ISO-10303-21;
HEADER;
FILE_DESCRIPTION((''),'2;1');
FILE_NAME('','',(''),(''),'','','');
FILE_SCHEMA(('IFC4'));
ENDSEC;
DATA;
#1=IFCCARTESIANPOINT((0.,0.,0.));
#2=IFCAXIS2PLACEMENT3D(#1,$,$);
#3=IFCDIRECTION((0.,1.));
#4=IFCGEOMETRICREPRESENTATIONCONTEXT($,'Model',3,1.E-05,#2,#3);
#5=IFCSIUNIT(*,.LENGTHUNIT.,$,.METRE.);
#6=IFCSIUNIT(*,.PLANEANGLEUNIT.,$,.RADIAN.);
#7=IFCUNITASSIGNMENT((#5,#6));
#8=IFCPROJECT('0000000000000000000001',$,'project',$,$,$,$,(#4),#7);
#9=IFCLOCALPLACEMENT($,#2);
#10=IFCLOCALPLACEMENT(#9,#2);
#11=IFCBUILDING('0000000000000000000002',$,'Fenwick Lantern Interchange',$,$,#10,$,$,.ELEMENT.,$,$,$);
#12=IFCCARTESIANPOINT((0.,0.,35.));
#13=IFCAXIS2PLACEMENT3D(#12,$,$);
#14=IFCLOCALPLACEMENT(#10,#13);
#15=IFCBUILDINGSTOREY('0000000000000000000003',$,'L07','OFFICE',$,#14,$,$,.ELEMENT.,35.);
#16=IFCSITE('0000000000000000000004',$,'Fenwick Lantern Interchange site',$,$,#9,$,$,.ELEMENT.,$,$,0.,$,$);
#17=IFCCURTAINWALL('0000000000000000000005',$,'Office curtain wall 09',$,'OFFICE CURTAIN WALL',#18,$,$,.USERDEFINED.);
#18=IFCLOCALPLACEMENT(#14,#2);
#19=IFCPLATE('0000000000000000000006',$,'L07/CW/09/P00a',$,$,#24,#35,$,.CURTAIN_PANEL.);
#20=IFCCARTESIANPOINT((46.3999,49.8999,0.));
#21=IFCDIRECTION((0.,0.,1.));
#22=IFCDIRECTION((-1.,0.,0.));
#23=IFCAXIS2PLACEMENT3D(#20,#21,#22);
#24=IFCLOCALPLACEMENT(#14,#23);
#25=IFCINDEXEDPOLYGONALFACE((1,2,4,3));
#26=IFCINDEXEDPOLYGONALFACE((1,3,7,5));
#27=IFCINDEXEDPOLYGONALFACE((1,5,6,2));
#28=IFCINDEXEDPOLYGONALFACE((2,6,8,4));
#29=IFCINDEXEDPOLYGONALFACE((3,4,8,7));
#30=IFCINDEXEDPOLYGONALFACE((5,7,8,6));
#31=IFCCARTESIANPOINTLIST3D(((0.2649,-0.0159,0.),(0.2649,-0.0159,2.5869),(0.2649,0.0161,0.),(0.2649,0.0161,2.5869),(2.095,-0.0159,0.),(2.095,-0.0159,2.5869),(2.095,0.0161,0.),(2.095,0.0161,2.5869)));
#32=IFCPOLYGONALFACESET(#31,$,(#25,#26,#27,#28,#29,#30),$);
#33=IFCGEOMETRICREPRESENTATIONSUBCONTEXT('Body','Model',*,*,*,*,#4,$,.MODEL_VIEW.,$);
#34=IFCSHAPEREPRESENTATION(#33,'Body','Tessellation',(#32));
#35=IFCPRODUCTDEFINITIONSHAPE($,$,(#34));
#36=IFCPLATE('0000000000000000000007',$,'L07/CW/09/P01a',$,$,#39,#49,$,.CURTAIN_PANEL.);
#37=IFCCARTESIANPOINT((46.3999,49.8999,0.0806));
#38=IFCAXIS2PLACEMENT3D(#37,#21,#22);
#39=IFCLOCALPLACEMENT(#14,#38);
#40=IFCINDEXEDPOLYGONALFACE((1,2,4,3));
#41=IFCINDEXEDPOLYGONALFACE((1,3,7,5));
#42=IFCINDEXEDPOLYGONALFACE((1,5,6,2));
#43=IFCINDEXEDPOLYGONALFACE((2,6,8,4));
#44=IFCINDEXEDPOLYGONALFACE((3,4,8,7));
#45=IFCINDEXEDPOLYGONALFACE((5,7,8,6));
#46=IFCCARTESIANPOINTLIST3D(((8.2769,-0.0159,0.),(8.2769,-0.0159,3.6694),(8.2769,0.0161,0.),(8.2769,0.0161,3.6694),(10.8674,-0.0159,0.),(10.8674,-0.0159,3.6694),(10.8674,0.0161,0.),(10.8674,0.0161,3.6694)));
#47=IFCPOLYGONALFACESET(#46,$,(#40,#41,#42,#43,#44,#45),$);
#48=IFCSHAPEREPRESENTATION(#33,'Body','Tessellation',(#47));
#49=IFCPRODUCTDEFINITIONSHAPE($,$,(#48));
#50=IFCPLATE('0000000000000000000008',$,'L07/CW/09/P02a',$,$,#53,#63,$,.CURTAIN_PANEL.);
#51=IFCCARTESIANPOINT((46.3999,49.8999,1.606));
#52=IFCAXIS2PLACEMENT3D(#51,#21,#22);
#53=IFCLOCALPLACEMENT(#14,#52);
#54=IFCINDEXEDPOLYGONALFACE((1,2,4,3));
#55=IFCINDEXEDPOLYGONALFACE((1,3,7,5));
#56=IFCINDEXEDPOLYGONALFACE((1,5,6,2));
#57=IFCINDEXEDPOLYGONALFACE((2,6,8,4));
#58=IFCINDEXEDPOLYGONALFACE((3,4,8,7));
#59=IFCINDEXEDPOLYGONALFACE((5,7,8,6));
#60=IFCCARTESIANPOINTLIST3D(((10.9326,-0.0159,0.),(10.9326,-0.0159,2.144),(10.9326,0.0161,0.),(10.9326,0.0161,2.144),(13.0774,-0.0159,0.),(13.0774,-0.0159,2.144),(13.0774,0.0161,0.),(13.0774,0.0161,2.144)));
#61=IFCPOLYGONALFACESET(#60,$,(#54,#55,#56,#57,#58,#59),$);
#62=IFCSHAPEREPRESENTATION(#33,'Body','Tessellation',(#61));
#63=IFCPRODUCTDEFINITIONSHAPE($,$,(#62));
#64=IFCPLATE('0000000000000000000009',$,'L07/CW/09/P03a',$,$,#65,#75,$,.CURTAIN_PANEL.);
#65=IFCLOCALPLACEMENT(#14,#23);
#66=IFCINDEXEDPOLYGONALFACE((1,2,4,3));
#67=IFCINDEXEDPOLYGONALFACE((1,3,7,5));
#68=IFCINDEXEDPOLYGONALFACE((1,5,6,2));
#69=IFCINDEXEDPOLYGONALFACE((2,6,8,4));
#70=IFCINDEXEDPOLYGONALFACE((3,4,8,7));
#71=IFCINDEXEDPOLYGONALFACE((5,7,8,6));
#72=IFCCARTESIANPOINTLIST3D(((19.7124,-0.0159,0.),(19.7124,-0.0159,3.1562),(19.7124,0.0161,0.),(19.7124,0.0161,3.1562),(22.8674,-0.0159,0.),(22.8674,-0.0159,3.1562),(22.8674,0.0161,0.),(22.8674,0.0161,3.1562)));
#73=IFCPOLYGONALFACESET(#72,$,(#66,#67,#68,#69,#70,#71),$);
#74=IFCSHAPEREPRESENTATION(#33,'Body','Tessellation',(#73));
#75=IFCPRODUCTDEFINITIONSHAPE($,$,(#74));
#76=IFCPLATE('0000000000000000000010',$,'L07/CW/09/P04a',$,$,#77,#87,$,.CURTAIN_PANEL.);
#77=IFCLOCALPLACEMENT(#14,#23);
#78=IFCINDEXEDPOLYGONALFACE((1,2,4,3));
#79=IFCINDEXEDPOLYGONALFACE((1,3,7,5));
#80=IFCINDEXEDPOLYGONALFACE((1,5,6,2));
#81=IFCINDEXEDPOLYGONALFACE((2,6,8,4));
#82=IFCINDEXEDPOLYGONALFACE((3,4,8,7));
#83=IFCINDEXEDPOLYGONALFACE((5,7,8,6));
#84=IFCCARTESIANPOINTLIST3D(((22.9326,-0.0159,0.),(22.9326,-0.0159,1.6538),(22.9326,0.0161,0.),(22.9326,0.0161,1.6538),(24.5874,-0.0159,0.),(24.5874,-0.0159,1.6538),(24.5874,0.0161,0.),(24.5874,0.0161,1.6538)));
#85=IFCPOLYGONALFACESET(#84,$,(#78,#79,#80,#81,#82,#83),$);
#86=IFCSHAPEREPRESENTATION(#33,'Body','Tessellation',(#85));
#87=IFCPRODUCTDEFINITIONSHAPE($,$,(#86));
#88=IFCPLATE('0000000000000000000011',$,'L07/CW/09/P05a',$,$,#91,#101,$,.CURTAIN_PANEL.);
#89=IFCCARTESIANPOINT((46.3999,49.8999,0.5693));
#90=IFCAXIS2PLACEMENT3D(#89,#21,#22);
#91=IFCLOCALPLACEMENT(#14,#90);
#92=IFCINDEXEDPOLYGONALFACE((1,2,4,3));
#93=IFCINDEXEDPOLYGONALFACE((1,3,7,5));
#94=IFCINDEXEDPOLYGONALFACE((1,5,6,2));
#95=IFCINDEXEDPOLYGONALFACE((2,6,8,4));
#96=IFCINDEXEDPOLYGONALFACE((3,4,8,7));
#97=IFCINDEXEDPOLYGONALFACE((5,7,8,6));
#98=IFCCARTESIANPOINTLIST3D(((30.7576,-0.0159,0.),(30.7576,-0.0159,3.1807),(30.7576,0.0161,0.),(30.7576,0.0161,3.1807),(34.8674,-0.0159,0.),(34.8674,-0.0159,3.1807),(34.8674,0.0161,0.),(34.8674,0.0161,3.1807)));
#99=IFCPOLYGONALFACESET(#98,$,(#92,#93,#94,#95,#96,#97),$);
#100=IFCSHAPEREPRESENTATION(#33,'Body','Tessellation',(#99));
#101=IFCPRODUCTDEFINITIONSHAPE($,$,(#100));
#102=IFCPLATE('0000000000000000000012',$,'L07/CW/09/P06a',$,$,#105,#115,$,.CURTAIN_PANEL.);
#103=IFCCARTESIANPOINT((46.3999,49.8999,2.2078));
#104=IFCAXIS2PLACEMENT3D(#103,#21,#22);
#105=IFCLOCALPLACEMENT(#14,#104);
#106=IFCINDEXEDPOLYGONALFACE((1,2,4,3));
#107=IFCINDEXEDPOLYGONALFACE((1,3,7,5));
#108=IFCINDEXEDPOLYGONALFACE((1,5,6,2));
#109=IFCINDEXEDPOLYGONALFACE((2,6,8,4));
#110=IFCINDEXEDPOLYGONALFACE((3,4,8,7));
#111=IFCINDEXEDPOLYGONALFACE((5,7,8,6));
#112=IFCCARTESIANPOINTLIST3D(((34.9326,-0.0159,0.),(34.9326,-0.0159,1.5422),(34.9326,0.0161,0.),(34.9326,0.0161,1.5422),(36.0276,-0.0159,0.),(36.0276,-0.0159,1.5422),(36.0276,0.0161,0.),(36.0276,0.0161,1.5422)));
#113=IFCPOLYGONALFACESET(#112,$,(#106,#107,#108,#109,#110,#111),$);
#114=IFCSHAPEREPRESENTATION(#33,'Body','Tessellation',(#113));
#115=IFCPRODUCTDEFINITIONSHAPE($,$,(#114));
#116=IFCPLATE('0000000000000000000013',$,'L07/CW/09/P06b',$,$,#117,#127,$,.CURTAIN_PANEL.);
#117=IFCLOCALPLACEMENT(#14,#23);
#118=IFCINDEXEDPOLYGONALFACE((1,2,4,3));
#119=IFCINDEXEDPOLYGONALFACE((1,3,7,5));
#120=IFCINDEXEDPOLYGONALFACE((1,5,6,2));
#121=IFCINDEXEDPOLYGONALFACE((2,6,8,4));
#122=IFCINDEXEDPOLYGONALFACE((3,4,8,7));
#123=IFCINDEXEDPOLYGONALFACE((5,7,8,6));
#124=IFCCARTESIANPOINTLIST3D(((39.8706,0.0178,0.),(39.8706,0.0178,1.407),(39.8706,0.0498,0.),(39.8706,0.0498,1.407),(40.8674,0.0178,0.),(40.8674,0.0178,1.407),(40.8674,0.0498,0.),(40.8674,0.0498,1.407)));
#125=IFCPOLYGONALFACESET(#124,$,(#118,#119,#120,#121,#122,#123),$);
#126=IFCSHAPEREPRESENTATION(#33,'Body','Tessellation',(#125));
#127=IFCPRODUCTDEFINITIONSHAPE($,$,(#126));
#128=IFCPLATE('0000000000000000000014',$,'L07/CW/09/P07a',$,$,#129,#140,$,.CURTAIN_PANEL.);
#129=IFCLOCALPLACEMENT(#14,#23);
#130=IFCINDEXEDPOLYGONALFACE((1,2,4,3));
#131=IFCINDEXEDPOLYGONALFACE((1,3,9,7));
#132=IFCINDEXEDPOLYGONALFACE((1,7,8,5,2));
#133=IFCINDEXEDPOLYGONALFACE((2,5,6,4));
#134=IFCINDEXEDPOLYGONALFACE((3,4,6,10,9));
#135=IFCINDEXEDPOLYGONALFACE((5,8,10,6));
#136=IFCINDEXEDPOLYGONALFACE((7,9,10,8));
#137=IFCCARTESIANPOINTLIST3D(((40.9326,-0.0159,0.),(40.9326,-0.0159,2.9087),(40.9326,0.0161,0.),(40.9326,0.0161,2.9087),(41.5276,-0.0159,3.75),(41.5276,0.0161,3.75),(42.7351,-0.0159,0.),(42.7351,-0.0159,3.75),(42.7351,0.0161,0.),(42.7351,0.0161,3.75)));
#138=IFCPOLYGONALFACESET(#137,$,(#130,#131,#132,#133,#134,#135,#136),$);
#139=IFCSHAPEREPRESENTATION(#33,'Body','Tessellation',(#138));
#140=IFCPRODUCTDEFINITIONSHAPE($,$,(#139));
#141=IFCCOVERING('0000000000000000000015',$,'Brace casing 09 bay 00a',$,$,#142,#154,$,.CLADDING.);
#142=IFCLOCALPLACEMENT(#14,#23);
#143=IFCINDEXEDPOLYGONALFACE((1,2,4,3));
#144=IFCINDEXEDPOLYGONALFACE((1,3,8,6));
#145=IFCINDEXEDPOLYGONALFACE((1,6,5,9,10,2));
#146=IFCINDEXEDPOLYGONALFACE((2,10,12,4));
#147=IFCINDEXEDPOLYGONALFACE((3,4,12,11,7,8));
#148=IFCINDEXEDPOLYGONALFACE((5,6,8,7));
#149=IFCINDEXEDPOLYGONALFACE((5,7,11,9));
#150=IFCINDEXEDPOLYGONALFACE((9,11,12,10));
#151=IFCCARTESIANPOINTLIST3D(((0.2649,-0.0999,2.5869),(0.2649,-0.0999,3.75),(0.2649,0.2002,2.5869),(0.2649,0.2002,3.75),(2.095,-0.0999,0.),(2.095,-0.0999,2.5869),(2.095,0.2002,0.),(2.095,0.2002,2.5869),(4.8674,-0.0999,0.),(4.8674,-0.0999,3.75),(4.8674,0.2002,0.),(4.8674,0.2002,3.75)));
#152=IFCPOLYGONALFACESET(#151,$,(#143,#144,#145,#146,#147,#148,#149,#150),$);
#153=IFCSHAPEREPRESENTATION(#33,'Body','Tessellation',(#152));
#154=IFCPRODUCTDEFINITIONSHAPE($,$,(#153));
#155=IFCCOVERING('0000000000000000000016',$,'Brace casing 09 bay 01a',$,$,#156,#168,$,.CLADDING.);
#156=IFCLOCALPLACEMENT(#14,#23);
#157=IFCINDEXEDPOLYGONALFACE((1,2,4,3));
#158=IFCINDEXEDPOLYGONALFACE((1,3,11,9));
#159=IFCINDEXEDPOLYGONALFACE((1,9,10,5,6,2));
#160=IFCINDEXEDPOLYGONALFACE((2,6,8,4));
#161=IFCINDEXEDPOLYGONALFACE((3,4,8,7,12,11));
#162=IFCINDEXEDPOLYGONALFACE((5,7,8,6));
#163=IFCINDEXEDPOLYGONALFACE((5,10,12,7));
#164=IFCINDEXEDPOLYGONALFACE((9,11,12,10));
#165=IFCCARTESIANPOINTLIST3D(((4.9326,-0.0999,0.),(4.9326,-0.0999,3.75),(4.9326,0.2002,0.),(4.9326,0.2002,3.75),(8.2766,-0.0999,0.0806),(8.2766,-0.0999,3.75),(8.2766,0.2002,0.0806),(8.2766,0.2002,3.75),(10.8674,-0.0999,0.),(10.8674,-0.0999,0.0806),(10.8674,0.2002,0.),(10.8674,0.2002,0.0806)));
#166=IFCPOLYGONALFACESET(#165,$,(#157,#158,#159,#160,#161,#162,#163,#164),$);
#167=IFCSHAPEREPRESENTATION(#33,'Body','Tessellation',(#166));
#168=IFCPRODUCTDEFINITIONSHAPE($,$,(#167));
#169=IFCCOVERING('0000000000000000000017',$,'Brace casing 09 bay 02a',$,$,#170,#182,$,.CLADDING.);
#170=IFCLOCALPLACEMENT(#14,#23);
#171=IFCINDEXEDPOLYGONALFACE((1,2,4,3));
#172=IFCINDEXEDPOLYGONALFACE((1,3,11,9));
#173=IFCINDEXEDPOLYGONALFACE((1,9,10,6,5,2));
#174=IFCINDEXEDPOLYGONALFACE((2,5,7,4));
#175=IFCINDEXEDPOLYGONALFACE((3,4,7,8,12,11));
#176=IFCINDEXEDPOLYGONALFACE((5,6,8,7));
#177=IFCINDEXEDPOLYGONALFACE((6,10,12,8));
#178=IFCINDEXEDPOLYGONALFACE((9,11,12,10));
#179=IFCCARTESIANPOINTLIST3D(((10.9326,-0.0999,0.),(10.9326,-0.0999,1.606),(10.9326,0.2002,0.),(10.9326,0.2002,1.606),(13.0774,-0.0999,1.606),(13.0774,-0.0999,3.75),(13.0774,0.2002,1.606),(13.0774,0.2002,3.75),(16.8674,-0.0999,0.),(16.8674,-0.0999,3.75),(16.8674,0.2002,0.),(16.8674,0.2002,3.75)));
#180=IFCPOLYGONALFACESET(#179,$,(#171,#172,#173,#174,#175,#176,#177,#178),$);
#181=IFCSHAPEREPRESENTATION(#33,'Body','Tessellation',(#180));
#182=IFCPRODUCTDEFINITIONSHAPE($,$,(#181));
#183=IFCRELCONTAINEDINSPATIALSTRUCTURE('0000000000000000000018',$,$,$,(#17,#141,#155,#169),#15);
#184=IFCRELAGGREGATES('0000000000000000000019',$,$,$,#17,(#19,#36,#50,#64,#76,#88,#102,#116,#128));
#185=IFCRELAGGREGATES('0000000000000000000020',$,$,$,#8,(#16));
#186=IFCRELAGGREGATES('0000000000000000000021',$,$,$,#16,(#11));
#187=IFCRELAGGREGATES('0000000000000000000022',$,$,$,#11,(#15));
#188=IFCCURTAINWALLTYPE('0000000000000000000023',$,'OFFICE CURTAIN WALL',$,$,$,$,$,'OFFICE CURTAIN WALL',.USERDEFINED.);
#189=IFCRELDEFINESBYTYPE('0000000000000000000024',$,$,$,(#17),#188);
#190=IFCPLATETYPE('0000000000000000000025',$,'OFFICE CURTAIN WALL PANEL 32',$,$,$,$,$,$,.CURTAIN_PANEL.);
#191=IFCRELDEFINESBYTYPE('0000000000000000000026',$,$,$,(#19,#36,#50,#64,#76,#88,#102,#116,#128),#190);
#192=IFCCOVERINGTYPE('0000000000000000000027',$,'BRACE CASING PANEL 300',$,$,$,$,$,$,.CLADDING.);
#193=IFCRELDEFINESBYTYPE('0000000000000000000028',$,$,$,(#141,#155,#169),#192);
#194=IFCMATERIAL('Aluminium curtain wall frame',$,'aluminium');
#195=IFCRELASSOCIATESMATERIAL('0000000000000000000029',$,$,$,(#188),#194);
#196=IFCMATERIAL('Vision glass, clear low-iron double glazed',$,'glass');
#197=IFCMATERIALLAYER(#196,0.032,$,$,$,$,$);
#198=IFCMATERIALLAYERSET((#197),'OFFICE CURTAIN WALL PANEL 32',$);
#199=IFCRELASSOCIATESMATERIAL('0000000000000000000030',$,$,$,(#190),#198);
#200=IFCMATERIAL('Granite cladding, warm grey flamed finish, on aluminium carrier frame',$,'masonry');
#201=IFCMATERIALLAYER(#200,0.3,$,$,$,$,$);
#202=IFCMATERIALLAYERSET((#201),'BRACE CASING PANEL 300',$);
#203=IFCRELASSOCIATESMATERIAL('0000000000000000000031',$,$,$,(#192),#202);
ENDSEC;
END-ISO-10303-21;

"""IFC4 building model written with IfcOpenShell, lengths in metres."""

from ifc_helpers import new_model, si_unit, direction, frame, origin, place, context, subcontext, project, spatial, polyline, outline, extrude, material, layer, layer_set, type_object, element, aggregate, save


model = new_model("IFC4")

# Units and contexts
model_context = context("Model", 3, precision=1e-05, world=origin(), true_north=direction((0.0, 1.0)))
body_context = subcontext(model_context, "Body", "Model", "MODEL_VIEW")
ifc_project = project(units=[si_unit("LENGTHUNIT", "METRE"), si_unit("PLANEANGLEUNIT", "RADIAN")], contexts=[model_context])

# Site, building, storey
site_placement = place(None, origin())
site = spatial("IfcSite", under=ifc_project, at=site_placement, Name="Fenwick Lantern Interchange site", CompositionType="ELEMENT", RefElevation=0.0)
building_placement = place(site_placement, origin())
building = spatial("IfcBuilding", under=site, at=building_placement, Name="Fenwick Lantern Interchange", CompositionType="ELEMENT")
storey_placement = place(building_placement, frame((0.0, 0.0, 35.0)))
storey = spatial("IfcBuildingStorey", under=building, at=storey_placement, Name="L07", Description="OFFICE", CompositionType="ELEMENT", Elevation=35.0)

# Shared definitions
ifc_material_1 = material(Name="Aluminium curtain wall frame", Category="aluminium")
curtain_wall_type = type_object("IfcCurtainWallType", Name="OFFICE CURTAIN WALL", ElementType="OFFICE CURTAIN WALL", PredefinedType="USERDEFINED", material=ifc_material_1)

# Curtain wall
curtain_wall_1_placement = place(storey_placement, origin())
curtain_wall_1 = element("IfcCurtainWall", 1, at=curtain_wall_1_placement, inside=storey, type_object=curtain_wall_type, Name="Office curtain wall 09", ObjectType="OFFICE CURTAIN WALL", PredefinedType="USERDEFINED")

# Plates
ifc_material_2 = material(Name="Vision glass, clear low-iron double glazed", Category="glass")
ifc_layer_1 = layer(ifc_material_2, 0.032)
ifc_layer_set_1 = layer_set([ifc_layer_1], Name="OFFICE CURTAIN WALL PANEL 32")
plate_type = type_object("IfcPlateType", Name="OFFICE CURTAIN WALL PANEL 32", PredefinedType="CURTAIN_PANEL", material=ifc_layer_set_1)
plate_1_placement = place(storey_placement, frame((46.3999, 49.8999, 0.0), z_axis=(0.0, 0.0, 1.0), x_axis=(-1.0, 0.0, 0.0)))
plate_1 = element("IfcPlate", 2, at=plate_1_placement, type_object=plate_type, Name="L07/CW/09/P00a", PredefinedType="CURTAIN_PANEL", context=body_context, shape_type="SweptSolid", body=[
    extrude(outline(polyline([(0.2649, 0.0), (2.095, 0.0), (2.095, 2.5869), (0.2649, 2.5869), (0.2649, 0.0)])), frame((0.0, 0.0161, 0.0), z_axis=(0.0, -1.0, 0.0), x_axis=(1.0, 0.0, 0.0)), (0.0, 0.0, 1.0), 0.032),
])
plate_2_placement = place(storey_placement, frame((46.3999, 49.8999, 0.0806), z_axis=(0.0, 0.0, 1.0), x_axis=(-1.0, 0.0, 0.0)))
plate_2 = element("IfcPlate", 3, at=plate_2_placement, type_object=plate_type, Name="L07/CW/09/P01a", PredefinedType="CURTAIN_PANEL", context=body_context, shape_type="SweptSolid", body=[
    extrude(outline(polyline([(8.2769, 0.0), (10.8674, 0.0), (10.8674, 3.6694), (8.2769, 3.6694), (8.2769, 0.0)])), frame((0.0, 0.0161, 0.0), z_axis=(0.0, -1.0, 0.0), x_axis=(1.0, 0.0, 0.0)), (0.0, 0.0, 1.0), 0.032),
])
plate_3_placement = place(storey_placement, frame((46.3999, 49.8999, 1.606), z_axis=(0.0, 0.0, 1.0), x_axis=(-1.0, 0.0, 0.0)))
plate_3 = element("IfcPlate", 4, at=plate_3_placement, type_object=plate_type, Name="L07/CW/09/P02a", PredefinedType="CURTAIN_PANEL", context=body_context, shape_type="SweptSolid", body=[
    extrude(outline(polyline([(10.9326, 0.0), (13.0774, 0.0), (13.0774, 2.144), (10.9326, 2.144), (10.9326, 0.0)])), frame((0.0, 0.0161, 0.0), z_axis=(0.0, -1.0, 0.0), x_axis=(1.0, 0.0, 0.0)), (0.0, 0.0, 1.0), 0.032),
])
plate_4_placement = place(storey_placement, frame((46.3999, 49.8999, 0.0), z_axis=(0.0, 0.0, 1.0), x_axis=(-1.0, 0.0, 0.0)))
plate_4 = element("IfcPlate", 5, at=plate_4_placement, type_object=plate_type, Name="L07/CW/09/P03a", PredefinedType="CURTAIN_PANEL", context=body_context, shape_type="SweptSolid", body=[
    extrude(outline(polyline([(19.7124, 0.0), (22.8674, 0.0), (22.8674, 3.1562), (19.7124, 3.1562), (19.7124, 0.0)])), frame((0.0, 0.0161, 0.0), z_axis=(0.0, -1.0, 0.0), x_axis=(1.0, 0.0, 0.0)), (0.0, 0.0, 1.0), 0.032),
])
plate_5_placement = place(storey_placement, frame((46.3999, 49.8999, 0.0), z_axis=(0.0, 0.0, 1.0), x_axis=(-1.0, 0.0, 0.0)))
plate_5 = element("IfcPlate", 6, at=plate_5_placement, type_object=plate_type, Name="L07/CW/09/P04a", PredefinedType="CURTAIN_PANEL", context=body_context, shape_type="SweptSolid", body=[
    extrude(outline(polyline([(22.9326, 0.0), (24.5874, 0.0), (24.5874, 1.6538), (22.9326, 1.6538), (22.9326, 0.0)])), frame((0.0, 0.0161, 0.0), z_axis=(0.0, -1.0, 0.0), x_axis=(1.0, 0.0, 0.0)), (0.0, 0.0, 1.0), 0.032),
])
plate_6_placement = place(storey_placement, frame((46.3999, 49.8999, 0.5693), z_axis=(0.0, 0.0, 1.0), x_axis=(-1.0, 0.0, 0.0)))
plate_6 = element("IfcPlate", 7, at=plate_6_placement, type_object=plate_type, Name="L07/CW/09/P05a", PredefinedType="CURTAIN_PANEL", context=body_context, shape_type="SweptSolid", body=[
    extrude(outline(polyline([(30.7576, 0.0), (34.8674, 0.0), (34.8674, 3.1807), (30.7576, 3.1807), (30.7576, 0.0)])), frame((0.0, 0.0161, 0.0), z_axis=(0.0, -1.0, 0.0), x_axis=(1.0, 0.0, 0.0)), (0.0, 0.0, 1.0), 0.032),
])
plate_7_placement = place(storey_placement, frame((46.3999, 49.8999, 2.2078), z_axis=(0.0, 0.0, 1.0), x_axis=(-1.0, 0.0, 0.0)))
plate_7 = element("IfcPlate", 8, at=plate_7_placement, type_object=plate_type, Name="L07/CW/09/P06a", PredefinedType="CURTAIN_PANEL", context=body_context, shape_type="SweptSolid", body=[
    extrude(outline(polyline([(34.9326, 0.0), (36.0276, 0.0), (36.0276, 1.5422), (34.9326, 1.5422), (34.9326, 0.0)])), frame((0.0, 0.0161, 0.0), z_axis=(0.0, -1.0, 0.0), x_axis=(1.0, 0.0, 0.0)), (0.0, 0.0, 1.0), 0.032),
])
plate_8_placement = place(storey_placement, frame((46.3999, 49.8999, 0.0), z_axis=(0.0, 0.0, 1.0), x_axis=(-1.0, 0.0, 0.0)))
plate_8 = element("IfcPlate", 9, at=plate_8_placement, type_object=plate_type, Name="L07/CW/09/P06b", PredefinedType="CURTAIN_PANEL", context=body_context, shape_type="SweptSolid", body=[
    extrude(outline(polyline([(39.8706, 0.0), (40.8674, 0.0), (40.8674, 1.407), (39.8706, 1.407), (39.8706, 0.0)])), frame((0.0, 0.0498, 0.0), z_axis=(0.0, -1.0, 0.0), x_axis=(1.0, 0.0, 0.0)), (0.0, 0.0, 1.0), 0.032),
])
plate_9_placement = place(storey_placement, frame((46.3999, 49.8999, 0.0), z_axis=(0.0, 0.0, 1.0), x_axis=(-1.0, 0.0, 0.0)))
plate_9 = element("IfcPlate", 10, at=plate_9_placement, type_object=plate_type, Name="L07/CW/09/P07a", PredefinedType="CURTAIN_PANEL", context=body_context, shape_type="SweptSolid", body=[
    extrude(outline(polyline([(40.9326, 0.0), (42.7351, 0.0), (42.7351, 3.75), (41.5276, 3.75), (40.9326, 2.9087), (40.9326, 0.0)])), frame((0.0, 0.0161, 0.0), z_axis=(0.0, -1.0, 0.0), x_axis=(1.0, 0.0, 0.0)), (0.0, 0.0, 1.0), 0.032),
])
aggregate(curtain_wall_1, [plate_1, plate_2, plate_3, plate_4, plate_5, plate_6, plate_7, plate_8, plate_9])

# Coverings
ifc_material_3 = material(Name="Granite cladding, warm grey flamed finish, on aluminium carrier frame", Category="masonry")
ifc_layer_2 = layer(ifc_material_3, 0.3)
ifc_layer_set_2 = layer_set([ifc_layer_2], Name="BRACE CASING PANEL 300")
covering_type = type_object("IfcCoveringType", Name="BRACE CASING PANEL 300", PredefinedType="CLADDING", material=ifc_layer_set_2)
covering_1_placement = place(storey_placement, frame((46.3999, 49.8999, 0.0), z_axis=(0.0, 0.0, 1.0), x_axis=(-1.0, 0.0, 0.0)))
element("IfcCovering", 11, at=covering_1_placement, inside=storey, type_object=covering_type, Name="Brace casing 09 bay 00a", PredefinedType="CLADDING", context=body_context, shape_type="SweptSolid", body=[
    extrude(outline(polyline([(2.095, 0.0), (4.8674, 0.0), (4.8674, 3.75), (0.2649, 3.75), (0.2649, 2.5869), (2.095, 2.5869), (2.095, 0.0)])), frame((0.0, 0.2002, 0.0), z_axis=(0.0, -1.0, 0.0), x_axis=(1.0, 0.0, 0.0)), (0.0, 0.0, 1.0), 0.3),
])
covering_2_placement = place(storey_placement, frame((46.3999, 49.8999, 0.0), z_axis=(0.0, 0.0, 1.0), x_axis=(-1.0, 0.0, 0.0)))
element("IfcCovering", 12, at=covering_2_placement, inside=storey, type_object=covering_type, Name="Brace casing 09 bay 01a", PredefinedType="CLADDING", context=body_context, shape_type="SweptSolid", body=[
    extrude(outline(polyline([(4.9326, 0.0), (10.8674, 0.0), (10.8674, 0.0806), (8.2766, 0.0806), (8.2766, 3.75), (4.9326, 3.75), (4.9326, 0.0)])), frame((0.0, 0.2002, 0.0), z_axis=(0.0, -1.0, 0.0), x_axis=(1.0, 0.0, 0.0)), (0.0, 0.0, 1.0), 0.3),
])
covering_3_placement = place(storey_placement, frame((46.3999, 49.8999, 0.0), z_axis=(0.0, 0.0, 1.0), x_axis=(-1.0, 0.0, 0.0)))
element("IfcCovering", 13, at=covering_3_placement, inside=storey, type_object=covering_type, Name="Brace casing 09 bay 02a", PredefinedType="CLADDING", context=body_context, shape_type="SweptSolid", body=[
    extrude(outline(polyline([(10.9326, 0.0), (16.8674, 0.0), (16.8674, 3.75), (13.0774, 3.75), (13.0774, 1.606), (10.9326, 1.606), (10.9326, 0.0)])), frame((0.0, 0.2002, 0.0), z_axis=(0.0, -1.0, 0.0), x_axis=(1.0, 0.0, 0.0)), (0.0, 0.0, 1.0), 0.3),
])

save(model, "model.ifc")
